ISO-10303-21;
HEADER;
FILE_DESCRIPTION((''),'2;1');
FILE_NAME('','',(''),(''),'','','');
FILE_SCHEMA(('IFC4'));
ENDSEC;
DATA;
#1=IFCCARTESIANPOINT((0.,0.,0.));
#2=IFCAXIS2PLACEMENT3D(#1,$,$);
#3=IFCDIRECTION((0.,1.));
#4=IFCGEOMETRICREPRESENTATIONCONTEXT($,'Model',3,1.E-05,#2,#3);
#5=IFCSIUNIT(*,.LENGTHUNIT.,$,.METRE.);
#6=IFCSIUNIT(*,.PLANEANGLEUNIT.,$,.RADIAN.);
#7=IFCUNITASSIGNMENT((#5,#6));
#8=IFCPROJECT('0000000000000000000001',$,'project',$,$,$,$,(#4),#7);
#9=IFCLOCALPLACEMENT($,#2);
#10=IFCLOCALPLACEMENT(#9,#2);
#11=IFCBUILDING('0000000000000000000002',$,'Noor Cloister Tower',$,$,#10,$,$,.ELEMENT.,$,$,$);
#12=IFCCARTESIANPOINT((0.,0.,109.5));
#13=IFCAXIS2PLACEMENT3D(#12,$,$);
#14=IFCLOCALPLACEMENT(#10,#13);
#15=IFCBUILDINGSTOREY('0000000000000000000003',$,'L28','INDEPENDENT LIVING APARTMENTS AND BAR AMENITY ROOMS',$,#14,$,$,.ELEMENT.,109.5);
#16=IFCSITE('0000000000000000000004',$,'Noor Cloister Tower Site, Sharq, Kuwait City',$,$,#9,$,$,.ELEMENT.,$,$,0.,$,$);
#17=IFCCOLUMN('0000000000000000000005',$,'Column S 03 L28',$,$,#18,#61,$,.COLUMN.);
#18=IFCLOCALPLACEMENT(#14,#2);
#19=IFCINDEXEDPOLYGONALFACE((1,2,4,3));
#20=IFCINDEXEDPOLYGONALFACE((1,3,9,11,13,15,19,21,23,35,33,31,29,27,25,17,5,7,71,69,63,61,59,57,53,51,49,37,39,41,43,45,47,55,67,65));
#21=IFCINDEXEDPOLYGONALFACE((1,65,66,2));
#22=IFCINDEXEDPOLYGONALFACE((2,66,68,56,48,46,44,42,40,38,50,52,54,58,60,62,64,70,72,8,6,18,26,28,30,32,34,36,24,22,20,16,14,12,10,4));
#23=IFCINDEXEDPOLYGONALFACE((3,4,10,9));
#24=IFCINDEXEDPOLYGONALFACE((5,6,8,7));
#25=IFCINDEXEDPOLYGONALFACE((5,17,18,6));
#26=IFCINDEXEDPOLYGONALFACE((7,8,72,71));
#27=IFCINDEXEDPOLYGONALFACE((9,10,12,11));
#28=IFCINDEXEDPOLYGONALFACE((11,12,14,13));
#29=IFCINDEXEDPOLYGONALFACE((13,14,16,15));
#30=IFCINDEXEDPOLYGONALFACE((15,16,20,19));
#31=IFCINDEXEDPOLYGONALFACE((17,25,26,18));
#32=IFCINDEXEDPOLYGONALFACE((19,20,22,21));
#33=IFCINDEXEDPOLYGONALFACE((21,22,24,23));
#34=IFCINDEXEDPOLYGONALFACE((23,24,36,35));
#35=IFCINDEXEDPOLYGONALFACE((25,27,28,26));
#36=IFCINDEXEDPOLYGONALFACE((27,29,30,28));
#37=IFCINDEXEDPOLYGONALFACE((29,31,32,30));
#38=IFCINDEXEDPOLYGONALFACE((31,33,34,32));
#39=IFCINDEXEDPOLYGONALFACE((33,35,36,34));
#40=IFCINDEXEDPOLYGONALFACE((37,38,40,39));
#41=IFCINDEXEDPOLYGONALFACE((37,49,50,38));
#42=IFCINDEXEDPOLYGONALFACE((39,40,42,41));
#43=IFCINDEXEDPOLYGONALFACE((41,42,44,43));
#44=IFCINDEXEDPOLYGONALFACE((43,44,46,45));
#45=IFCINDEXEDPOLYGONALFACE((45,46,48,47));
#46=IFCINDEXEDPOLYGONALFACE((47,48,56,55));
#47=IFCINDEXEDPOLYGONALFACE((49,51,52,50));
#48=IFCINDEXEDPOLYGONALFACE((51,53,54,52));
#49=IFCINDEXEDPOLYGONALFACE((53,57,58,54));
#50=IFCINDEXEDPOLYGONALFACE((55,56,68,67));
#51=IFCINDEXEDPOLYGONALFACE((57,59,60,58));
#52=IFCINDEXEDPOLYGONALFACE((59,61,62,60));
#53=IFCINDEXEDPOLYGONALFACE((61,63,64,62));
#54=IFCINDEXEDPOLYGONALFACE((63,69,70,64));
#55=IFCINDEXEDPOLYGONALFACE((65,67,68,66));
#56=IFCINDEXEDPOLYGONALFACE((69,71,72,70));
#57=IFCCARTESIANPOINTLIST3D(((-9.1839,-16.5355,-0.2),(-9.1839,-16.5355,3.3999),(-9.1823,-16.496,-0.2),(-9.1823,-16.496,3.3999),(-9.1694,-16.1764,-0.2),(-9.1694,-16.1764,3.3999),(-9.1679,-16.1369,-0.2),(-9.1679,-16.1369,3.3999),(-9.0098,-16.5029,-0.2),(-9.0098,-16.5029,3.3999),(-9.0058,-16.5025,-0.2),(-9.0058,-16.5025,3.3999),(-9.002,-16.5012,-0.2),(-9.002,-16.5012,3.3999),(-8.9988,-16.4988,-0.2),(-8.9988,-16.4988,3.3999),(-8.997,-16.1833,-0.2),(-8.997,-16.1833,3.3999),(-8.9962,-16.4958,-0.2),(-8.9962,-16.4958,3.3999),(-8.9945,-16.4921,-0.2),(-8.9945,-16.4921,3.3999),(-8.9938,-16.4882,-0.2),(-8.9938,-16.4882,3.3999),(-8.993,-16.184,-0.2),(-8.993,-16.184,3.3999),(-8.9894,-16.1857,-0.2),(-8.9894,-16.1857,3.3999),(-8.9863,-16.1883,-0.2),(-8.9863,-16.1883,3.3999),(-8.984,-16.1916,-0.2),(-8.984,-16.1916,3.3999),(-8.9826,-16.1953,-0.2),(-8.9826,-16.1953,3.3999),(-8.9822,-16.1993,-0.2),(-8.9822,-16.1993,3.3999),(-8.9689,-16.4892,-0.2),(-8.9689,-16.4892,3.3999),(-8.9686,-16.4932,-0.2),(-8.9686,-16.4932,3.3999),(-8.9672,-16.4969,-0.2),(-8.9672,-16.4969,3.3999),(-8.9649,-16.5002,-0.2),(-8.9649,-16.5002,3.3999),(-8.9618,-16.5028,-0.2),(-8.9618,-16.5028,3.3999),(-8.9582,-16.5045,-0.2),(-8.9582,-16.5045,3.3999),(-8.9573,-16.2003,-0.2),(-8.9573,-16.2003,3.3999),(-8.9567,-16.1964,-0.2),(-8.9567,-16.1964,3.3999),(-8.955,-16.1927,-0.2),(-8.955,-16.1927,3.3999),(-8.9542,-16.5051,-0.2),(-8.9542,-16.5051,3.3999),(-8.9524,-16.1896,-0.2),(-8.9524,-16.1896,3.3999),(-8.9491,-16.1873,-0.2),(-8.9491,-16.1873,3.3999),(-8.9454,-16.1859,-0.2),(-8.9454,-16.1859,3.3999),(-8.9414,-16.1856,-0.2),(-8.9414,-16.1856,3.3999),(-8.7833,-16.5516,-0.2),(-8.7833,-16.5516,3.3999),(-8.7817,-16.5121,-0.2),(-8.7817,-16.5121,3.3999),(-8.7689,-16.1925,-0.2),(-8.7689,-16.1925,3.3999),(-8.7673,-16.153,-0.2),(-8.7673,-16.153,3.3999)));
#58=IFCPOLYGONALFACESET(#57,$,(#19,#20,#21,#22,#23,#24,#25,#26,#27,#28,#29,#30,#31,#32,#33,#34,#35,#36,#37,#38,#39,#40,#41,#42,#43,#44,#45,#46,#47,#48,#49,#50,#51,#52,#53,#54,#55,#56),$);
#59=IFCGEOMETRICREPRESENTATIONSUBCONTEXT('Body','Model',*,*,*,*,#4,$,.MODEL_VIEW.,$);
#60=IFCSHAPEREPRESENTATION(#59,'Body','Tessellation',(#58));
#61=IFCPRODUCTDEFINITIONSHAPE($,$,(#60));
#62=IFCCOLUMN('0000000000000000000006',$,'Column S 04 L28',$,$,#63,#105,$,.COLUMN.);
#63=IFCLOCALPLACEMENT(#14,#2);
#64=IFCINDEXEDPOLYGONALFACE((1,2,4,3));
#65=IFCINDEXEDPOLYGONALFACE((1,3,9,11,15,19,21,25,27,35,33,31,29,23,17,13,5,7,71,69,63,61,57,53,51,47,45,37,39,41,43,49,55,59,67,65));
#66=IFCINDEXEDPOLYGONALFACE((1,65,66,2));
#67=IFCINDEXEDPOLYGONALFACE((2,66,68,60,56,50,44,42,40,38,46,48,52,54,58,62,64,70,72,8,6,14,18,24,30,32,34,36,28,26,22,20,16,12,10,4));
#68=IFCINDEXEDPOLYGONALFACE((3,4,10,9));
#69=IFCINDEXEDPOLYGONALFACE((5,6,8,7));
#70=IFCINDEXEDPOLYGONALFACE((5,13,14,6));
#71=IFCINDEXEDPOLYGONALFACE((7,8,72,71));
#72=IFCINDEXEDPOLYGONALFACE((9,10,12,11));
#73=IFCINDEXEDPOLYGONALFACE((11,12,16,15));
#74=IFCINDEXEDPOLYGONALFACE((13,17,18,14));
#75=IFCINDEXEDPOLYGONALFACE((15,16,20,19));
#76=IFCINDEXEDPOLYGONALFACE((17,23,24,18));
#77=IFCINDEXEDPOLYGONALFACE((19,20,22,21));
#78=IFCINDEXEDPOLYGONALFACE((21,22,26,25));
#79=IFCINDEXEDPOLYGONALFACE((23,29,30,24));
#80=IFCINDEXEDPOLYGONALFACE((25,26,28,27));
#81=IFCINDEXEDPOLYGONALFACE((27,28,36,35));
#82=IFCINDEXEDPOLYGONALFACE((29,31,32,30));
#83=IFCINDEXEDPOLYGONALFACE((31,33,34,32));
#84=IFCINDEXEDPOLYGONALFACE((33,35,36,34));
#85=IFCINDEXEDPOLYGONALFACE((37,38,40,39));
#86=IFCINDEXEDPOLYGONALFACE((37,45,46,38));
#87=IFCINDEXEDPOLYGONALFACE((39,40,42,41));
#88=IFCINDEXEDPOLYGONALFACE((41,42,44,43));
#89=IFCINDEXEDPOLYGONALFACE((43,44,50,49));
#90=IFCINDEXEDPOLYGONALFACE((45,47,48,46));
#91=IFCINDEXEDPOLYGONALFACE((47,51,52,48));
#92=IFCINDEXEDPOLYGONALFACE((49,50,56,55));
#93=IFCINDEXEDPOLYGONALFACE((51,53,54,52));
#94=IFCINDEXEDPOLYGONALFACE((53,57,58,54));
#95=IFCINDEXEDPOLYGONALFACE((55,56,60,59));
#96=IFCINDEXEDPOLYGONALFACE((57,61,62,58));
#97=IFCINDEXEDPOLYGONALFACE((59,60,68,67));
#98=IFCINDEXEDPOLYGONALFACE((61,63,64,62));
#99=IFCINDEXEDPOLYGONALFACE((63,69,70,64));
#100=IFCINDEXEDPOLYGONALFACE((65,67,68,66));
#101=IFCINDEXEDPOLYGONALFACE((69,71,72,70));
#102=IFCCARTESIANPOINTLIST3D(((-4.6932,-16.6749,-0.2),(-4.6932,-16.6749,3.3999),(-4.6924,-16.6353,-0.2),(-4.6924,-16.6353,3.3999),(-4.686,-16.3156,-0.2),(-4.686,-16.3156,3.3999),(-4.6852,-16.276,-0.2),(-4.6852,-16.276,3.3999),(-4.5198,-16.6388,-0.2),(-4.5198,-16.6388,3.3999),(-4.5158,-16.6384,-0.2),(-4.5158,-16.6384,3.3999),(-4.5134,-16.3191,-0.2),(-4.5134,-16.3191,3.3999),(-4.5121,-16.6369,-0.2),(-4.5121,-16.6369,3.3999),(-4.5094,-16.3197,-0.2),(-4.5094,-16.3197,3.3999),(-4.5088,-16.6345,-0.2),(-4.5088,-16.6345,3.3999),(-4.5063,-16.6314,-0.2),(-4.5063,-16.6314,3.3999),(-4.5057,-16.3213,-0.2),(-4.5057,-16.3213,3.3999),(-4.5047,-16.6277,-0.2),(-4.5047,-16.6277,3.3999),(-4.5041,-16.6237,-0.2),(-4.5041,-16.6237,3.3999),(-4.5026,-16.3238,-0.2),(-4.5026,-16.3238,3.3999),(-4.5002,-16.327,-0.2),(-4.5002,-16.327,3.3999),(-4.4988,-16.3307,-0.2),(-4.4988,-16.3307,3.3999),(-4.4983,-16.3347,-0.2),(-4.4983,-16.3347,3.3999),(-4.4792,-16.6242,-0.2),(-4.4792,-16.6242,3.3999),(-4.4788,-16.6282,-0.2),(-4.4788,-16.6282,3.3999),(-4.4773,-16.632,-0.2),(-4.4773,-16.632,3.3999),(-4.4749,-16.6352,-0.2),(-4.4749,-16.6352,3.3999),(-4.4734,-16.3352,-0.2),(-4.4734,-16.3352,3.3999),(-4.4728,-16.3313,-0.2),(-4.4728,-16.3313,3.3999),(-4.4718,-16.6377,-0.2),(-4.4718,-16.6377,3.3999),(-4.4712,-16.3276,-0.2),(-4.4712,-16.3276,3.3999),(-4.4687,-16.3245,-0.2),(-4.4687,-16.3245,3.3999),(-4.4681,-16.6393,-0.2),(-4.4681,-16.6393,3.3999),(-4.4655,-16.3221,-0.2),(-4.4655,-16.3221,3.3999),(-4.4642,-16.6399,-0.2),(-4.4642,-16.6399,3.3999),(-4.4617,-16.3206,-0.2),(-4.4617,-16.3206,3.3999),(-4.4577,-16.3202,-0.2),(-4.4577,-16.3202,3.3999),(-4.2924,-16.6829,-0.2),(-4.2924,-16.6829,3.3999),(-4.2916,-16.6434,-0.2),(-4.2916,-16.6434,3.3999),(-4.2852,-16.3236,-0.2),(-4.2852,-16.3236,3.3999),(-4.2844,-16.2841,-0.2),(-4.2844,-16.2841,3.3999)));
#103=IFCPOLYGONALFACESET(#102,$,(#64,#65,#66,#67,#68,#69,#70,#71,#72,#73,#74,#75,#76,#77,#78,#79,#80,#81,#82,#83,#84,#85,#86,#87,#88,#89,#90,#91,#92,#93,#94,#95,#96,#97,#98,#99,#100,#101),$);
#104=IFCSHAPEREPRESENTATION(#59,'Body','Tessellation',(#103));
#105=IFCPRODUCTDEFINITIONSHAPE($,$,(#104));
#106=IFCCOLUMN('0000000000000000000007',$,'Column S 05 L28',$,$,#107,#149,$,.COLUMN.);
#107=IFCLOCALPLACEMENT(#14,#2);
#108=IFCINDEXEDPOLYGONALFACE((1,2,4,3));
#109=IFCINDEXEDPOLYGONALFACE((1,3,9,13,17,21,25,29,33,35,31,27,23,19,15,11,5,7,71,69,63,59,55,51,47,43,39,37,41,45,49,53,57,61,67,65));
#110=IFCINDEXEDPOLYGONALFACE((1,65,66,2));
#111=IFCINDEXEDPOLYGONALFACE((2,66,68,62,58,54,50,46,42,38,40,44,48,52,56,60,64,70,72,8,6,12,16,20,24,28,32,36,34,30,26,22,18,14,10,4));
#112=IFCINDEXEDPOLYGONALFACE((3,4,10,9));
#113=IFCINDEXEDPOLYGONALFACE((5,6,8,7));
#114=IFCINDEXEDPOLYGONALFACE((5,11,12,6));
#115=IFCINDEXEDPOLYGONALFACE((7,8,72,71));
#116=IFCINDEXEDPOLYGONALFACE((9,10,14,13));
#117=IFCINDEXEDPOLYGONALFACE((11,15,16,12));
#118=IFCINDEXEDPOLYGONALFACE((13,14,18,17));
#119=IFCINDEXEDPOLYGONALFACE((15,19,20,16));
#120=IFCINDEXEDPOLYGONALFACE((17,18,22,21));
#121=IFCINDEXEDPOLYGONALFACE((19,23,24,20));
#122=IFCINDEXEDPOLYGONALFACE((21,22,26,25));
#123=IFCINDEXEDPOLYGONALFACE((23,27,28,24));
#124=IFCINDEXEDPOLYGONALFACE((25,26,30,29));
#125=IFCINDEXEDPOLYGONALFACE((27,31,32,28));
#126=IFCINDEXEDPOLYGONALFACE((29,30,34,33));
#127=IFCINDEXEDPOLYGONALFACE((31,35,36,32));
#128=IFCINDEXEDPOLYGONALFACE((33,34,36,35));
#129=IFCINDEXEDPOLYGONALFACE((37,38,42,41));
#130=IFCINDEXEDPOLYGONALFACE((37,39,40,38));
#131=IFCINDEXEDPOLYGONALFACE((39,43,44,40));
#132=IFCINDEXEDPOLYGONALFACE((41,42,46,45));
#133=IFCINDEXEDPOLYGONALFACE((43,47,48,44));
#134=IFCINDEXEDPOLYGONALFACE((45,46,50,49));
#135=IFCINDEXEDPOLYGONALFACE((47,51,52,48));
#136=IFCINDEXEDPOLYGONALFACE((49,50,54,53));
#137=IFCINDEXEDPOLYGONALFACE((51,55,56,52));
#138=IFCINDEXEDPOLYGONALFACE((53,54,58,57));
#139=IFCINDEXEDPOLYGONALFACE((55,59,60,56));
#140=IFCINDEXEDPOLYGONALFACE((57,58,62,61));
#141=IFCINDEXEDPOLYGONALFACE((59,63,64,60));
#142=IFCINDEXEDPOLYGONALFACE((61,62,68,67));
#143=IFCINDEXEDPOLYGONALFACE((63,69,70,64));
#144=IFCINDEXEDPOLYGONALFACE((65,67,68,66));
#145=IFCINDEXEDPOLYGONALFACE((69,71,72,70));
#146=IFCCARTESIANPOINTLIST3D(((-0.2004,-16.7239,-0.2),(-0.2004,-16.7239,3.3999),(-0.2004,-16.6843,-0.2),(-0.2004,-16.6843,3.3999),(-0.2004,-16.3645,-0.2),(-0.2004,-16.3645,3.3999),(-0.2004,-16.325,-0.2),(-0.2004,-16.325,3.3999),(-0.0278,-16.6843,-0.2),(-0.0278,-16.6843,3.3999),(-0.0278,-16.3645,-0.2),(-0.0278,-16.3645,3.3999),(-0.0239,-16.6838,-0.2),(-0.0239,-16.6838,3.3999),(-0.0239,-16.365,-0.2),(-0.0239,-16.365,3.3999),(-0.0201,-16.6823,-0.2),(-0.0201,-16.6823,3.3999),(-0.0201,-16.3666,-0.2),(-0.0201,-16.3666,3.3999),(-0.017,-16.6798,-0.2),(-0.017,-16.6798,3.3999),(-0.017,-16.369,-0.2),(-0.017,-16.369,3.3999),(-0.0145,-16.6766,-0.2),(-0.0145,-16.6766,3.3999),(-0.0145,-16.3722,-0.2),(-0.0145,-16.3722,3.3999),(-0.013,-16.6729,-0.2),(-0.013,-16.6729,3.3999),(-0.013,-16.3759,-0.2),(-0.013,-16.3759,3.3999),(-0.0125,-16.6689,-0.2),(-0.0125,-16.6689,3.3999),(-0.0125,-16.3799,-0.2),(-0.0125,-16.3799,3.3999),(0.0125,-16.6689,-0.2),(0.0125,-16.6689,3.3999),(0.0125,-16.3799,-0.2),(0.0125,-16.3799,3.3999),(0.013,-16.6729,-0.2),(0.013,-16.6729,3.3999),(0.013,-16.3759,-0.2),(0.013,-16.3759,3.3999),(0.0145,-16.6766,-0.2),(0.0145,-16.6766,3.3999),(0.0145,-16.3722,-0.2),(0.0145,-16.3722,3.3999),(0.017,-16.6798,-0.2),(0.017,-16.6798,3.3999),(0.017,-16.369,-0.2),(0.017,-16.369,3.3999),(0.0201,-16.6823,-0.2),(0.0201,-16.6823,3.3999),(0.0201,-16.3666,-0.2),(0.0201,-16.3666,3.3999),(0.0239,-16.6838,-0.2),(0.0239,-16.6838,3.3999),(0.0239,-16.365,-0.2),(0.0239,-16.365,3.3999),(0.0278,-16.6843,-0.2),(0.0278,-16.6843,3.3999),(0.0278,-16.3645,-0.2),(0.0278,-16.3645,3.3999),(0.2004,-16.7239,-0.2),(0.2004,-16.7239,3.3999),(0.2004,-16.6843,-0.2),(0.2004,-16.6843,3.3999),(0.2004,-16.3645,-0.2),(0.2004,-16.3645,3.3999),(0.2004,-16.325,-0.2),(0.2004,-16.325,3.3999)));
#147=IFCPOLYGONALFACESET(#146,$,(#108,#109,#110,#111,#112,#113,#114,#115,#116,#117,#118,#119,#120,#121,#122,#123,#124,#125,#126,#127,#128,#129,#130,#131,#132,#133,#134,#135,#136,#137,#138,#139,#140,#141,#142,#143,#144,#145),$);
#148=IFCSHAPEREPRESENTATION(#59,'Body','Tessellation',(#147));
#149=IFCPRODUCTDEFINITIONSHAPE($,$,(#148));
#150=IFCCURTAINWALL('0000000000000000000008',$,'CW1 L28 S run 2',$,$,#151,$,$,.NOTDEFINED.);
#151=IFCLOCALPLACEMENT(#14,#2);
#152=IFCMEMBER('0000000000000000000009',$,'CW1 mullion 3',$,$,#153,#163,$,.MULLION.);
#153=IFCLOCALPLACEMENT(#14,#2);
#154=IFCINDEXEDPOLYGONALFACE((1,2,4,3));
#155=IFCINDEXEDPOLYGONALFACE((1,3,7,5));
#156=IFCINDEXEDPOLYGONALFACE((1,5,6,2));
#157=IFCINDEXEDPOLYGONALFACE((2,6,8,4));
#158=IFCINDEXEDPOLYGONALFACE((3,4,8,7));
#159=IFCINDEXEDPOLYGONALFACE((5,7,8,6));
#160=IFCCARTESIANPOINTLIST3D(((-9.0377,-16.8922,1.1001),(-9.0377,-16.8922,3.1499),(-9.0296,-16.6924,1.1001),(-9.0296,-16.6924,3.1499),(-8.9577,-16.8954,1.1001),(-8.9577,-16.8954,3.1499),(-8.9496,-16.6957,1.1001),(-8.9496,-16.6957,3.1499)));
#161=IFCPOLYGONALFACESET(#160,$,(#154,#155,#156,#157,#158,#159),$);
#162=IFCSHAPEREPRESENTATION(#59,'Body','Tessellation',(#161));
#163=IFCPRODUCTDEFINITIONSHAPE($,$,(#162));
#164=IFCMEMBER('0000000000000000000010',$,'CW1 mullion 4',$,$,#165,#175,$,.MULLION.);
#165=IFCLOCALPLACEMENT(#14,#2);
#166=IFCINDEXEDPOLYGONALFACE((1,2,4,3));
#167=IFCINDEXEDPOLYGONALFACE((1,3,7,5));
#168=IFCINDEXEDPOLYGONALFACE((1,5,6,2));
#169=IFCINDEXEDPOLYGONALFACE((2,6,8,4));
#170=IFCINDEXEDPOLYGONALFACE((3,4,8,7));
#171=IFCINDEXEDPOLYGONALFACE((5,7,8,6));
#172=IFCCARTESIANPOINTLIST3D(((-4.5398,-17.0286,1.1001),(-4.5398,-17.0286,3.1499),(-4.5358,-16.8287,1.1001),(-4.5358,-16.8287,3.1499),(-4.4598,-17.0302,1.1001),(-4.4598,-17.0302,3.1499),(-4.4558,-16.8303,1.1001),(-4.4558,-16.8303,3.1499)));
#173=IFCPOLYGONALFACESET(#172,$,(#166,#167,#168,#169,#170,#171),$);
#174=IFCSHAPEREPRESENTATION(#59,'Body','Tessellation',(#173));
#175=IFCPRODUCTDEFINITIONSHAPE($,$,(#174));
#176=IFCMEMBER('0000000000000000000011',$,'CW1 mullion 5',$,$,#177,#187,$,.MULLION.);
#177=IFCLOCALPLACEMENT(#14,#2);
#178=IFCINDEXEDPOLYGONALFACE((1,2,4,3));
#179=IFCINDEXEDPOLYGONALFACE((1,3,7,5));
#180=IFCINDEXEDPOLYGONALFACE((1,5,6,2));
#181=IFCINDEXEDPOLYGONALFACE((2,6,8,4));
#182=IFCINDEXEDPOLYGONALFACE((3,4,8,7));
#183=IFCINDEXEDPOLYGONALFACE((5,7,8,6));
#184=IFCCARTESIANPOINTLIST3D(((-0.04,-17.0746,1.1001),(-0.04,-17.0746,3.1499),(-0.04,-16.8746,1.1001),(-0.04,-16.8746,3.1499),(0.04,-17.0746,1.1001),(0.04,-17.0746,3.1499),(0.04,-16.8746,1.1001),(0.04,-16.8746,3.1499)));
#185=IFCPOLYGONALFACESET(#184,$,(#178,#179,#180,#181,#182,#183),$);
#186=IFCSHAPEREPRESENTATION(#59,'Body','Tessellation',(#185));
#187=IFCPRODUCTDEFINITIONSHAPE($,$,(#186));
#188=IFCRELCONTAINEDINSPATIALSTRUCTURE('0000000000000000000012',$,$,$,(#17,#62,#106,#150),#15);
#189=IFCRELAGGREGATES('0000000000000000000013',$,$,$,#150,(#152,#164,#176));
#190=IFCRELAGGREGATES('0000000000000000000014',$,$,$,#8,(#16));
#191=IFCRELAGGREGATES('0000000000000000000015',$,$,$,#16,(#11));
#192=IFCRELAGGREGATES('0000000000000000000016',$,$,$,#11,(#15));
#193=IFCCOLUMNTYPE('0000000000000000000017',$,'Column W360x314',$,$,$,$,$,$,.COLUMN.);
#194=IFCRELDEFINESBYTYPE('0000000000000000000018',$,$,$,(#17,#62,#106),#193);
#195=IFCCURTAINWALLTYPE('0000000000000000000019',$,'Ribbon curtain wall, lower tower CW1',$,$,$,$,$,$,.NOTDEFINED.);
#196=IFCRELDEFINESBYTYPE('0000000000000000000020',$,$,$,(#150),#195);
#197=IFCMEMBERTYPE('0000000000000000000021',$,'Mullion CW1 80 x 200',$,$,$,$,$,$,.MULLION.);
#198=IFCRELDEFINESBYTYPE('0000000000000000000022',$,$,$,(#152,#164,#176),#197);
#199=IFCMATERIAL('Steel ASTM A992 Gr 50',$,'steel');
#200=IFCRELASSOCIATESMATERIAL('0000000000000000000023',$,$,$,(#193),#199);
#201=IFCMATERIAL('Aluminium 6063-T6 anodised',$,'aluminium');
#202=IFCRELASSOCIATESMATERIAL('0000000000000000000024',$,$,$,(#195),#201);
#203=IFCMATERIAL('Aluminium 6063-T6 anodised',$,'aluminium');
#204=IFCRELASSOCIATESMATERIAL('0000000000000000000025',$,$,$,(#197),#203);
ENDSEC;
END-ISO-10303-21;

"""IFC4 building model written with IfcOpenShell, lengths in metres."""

from ifc_helpers import new_model, si_unit, direction, frame, origin, origin_2d, place, context, subcontext, project, spatial, rectangle, i_section, extrude, material, material_profile, profile_set, type_object, element, aggregate, save


model = new_model("IFC4")

# Units and contexts
model_context = context("Model", 3, precision=1e-05, world=origin(), true_north=direction((0.0, 1.0)))
body_context = subcontext(model_context, "Body", "Model", "MODEL_VIEW")
ifc_project = project(units=[si_unit("LENGTHUNIT", "METRE"), si_unit("PLANEANGLEUNIT", "RADIAN")], contexts=[model_context])

# Site, building, storey
site_placement = place(None, origin())
site = spatial("IfcSite", under=ifc_project, at=site_placement, Name="Noor Cloister Tower Site, Sharq, Kuwait City", CompositionType="ELEMENT", RefElevation=0.0)
building_placement = place(site_placement, origin())
building = spatial("IfcBuilding", under=site, at=building_placement, Name="Noor Cloister Tower", CompositionType="ELEMENT")
storey_placement = place(building_placement, frame((0.0, 0.0, 109.5)))
storey = spatial("IfcBuildingStorey", under=building, at=storey_placement, Name="L28", Description="INDEPENDENT LIVING APARTMENTS AND BAR AMENITY ROOMS", CompositionType="ELEMENT", Elevation=109.5)

# Columns
ifc_material_1 = material(Name="Steel ASTM A992 Gr 50", Category="steel")
ifc_material_profile_1 = material_profile(ifc_material_1, i_section(OverallWidth=0.4009, OverallDepth=0.3989, WebThickness=0.0249, FlangeThickness=0.0396, FilletRadius=0.0154, at=origin_2d()), Name="W360x314")
ifc_profile_set_1 = profile_set([ifc_material_profile_1], Name="Steel ASTM A992 Gr 50")
column_type = type_object("IfcColumnType", Name="Column W360x314", PredefinedType="COLUMN", material=ifc_profile_set_1)
for number, where, z_axis, x_axis, name in (
    (1, (-8.9756, -16.3442, -0.2), (0.0, 0.0, 1.0), (0.999194, -0.040147, 0.0), "Column S 03 L28"),
    (2, (-4.4888, -16.4795, -0.2), (0.0, 0.0, 1.0), (0.999798, -0.020077, 0.0), "Column S 04 L28"),
    (3, (0.0, -16.5244, -0.2), (0.0, 0.0, 1.0), (1.0, 0.0, 0.0), "Column S 05 L28"),
):
    element("IfcColumn", number, at=place(storey_placement, frame(where, z_axis=z_axis, x_axis=x_axis)), inside=storey, type_object=column_type, Name=name, PredefinedType="COLUMN", context=body_context, shape_type="SweptSolid", body=[
        extrude(i_section(OverallWidth=0.4009, OverallDepth=0.3989, WebThickness=0.0249, FlangeThickness=0.0396, FilletRadius=0.0154, at=origin_2d()), origin(), (0.0, 0.0, 1.0), 3.5999),
    ])

# Curtain wall, members
ifc_material_2 = material(Name="Aluminium 6063-T6 anodised", Category="aluminium")
curtain_wall_type = type_object("IfcCurtainWallType", Name="Ribbon curtain wall, lower tower CW1", PredefinedType="NOTDEFINED", material=ifc_material_2)
curtain_wall_placement = place(storey_placement, origin())
curtain_wall = element("IfcCurtainWall", 4, at=curtain_wall_placement, inside=storey, type_object=curtain_wall_type, Name="CW1 L28 S run 2", PredefinedType="NOTDEFINED")
ifc_material_3 = material(Name="Aluminium 6063-T6 anodised", Category="aluminium")
ifc_material_profile_2 = material_profile(ifc_material_3, rectangle(XDim=0.2, YDim=0.0801, at=origin_2d()), Name="200 x 80 mullion")
ifc_profile_set_2 = profile_set([ifc_material_profile_2], Name="Aluminium 6063-T6 anodised")
member_type = type_object("IfcMemberType", Name="Mullion CW1 80 x 200", PredefinedType="MULLION", material=ifc_profile_set_2)
member_1_placement = place(storey_placement, frame((-8.9937, -16.7939, 1.1001), z_axis=(0.0, 0.0, 1.0), x_axis=(0.040147, 0.999194, 0.0)))
member_1 = element("IfcMember", 5, at=member_1_placement, type_object=member_type, Name="CW1 mullion 3", PredefinedType="MULLION", context=body_context, shape_type="SweptSolid", body=[
    extrude(rectangle(XDim=0.2, YDim=0.0801, at=origin_2d()), origin(), (0.0, 0.0, 1.0), 2.0498),
])
member_2_placement = place(storey_placement, frame((-4.4978, -16.9294, 1.1001), z_axis=(0.0, 0.0, 1.0), x_axis=(0.020077, 0.999798, 0.0)))
member_2 = element("IfcMember", 6, at=member_2_placement, type_object=member_type, Name="CW1 mullion 4", PredefinedType="MULLION", context=body_context, shape_type="SweptSolid", body=[
    extrude(rectangle(XDim=0.2, YDim=0.0801, at=origin_2d()), origin(), (0.0, 0.0, 1.0), 2.0498),
])
member_3_placement = place(storey_placement, frame((0.0, -16.9746, 1.1001), z_axis=(0.0, 0.0, 1.0), x_axis=(0.0, 1.0, 0.0)))
member_3 = element("IfcMember", 7, at=member_3_placement, type_object=member_type, Name="CW1 mullion 5", PredefinedType="MULLION", context=body_context, shape_type="SweptSolid", body=[
    extrude(rectangle(XDim=0.2, YDim=0.0801, at=origin_2d()), origin(), (0.0, 0.0, 1.0), 2.0498),
])

aggregate(curtain_wall, [member_1, member_2, member_3])

save(model, "model.ifc")
